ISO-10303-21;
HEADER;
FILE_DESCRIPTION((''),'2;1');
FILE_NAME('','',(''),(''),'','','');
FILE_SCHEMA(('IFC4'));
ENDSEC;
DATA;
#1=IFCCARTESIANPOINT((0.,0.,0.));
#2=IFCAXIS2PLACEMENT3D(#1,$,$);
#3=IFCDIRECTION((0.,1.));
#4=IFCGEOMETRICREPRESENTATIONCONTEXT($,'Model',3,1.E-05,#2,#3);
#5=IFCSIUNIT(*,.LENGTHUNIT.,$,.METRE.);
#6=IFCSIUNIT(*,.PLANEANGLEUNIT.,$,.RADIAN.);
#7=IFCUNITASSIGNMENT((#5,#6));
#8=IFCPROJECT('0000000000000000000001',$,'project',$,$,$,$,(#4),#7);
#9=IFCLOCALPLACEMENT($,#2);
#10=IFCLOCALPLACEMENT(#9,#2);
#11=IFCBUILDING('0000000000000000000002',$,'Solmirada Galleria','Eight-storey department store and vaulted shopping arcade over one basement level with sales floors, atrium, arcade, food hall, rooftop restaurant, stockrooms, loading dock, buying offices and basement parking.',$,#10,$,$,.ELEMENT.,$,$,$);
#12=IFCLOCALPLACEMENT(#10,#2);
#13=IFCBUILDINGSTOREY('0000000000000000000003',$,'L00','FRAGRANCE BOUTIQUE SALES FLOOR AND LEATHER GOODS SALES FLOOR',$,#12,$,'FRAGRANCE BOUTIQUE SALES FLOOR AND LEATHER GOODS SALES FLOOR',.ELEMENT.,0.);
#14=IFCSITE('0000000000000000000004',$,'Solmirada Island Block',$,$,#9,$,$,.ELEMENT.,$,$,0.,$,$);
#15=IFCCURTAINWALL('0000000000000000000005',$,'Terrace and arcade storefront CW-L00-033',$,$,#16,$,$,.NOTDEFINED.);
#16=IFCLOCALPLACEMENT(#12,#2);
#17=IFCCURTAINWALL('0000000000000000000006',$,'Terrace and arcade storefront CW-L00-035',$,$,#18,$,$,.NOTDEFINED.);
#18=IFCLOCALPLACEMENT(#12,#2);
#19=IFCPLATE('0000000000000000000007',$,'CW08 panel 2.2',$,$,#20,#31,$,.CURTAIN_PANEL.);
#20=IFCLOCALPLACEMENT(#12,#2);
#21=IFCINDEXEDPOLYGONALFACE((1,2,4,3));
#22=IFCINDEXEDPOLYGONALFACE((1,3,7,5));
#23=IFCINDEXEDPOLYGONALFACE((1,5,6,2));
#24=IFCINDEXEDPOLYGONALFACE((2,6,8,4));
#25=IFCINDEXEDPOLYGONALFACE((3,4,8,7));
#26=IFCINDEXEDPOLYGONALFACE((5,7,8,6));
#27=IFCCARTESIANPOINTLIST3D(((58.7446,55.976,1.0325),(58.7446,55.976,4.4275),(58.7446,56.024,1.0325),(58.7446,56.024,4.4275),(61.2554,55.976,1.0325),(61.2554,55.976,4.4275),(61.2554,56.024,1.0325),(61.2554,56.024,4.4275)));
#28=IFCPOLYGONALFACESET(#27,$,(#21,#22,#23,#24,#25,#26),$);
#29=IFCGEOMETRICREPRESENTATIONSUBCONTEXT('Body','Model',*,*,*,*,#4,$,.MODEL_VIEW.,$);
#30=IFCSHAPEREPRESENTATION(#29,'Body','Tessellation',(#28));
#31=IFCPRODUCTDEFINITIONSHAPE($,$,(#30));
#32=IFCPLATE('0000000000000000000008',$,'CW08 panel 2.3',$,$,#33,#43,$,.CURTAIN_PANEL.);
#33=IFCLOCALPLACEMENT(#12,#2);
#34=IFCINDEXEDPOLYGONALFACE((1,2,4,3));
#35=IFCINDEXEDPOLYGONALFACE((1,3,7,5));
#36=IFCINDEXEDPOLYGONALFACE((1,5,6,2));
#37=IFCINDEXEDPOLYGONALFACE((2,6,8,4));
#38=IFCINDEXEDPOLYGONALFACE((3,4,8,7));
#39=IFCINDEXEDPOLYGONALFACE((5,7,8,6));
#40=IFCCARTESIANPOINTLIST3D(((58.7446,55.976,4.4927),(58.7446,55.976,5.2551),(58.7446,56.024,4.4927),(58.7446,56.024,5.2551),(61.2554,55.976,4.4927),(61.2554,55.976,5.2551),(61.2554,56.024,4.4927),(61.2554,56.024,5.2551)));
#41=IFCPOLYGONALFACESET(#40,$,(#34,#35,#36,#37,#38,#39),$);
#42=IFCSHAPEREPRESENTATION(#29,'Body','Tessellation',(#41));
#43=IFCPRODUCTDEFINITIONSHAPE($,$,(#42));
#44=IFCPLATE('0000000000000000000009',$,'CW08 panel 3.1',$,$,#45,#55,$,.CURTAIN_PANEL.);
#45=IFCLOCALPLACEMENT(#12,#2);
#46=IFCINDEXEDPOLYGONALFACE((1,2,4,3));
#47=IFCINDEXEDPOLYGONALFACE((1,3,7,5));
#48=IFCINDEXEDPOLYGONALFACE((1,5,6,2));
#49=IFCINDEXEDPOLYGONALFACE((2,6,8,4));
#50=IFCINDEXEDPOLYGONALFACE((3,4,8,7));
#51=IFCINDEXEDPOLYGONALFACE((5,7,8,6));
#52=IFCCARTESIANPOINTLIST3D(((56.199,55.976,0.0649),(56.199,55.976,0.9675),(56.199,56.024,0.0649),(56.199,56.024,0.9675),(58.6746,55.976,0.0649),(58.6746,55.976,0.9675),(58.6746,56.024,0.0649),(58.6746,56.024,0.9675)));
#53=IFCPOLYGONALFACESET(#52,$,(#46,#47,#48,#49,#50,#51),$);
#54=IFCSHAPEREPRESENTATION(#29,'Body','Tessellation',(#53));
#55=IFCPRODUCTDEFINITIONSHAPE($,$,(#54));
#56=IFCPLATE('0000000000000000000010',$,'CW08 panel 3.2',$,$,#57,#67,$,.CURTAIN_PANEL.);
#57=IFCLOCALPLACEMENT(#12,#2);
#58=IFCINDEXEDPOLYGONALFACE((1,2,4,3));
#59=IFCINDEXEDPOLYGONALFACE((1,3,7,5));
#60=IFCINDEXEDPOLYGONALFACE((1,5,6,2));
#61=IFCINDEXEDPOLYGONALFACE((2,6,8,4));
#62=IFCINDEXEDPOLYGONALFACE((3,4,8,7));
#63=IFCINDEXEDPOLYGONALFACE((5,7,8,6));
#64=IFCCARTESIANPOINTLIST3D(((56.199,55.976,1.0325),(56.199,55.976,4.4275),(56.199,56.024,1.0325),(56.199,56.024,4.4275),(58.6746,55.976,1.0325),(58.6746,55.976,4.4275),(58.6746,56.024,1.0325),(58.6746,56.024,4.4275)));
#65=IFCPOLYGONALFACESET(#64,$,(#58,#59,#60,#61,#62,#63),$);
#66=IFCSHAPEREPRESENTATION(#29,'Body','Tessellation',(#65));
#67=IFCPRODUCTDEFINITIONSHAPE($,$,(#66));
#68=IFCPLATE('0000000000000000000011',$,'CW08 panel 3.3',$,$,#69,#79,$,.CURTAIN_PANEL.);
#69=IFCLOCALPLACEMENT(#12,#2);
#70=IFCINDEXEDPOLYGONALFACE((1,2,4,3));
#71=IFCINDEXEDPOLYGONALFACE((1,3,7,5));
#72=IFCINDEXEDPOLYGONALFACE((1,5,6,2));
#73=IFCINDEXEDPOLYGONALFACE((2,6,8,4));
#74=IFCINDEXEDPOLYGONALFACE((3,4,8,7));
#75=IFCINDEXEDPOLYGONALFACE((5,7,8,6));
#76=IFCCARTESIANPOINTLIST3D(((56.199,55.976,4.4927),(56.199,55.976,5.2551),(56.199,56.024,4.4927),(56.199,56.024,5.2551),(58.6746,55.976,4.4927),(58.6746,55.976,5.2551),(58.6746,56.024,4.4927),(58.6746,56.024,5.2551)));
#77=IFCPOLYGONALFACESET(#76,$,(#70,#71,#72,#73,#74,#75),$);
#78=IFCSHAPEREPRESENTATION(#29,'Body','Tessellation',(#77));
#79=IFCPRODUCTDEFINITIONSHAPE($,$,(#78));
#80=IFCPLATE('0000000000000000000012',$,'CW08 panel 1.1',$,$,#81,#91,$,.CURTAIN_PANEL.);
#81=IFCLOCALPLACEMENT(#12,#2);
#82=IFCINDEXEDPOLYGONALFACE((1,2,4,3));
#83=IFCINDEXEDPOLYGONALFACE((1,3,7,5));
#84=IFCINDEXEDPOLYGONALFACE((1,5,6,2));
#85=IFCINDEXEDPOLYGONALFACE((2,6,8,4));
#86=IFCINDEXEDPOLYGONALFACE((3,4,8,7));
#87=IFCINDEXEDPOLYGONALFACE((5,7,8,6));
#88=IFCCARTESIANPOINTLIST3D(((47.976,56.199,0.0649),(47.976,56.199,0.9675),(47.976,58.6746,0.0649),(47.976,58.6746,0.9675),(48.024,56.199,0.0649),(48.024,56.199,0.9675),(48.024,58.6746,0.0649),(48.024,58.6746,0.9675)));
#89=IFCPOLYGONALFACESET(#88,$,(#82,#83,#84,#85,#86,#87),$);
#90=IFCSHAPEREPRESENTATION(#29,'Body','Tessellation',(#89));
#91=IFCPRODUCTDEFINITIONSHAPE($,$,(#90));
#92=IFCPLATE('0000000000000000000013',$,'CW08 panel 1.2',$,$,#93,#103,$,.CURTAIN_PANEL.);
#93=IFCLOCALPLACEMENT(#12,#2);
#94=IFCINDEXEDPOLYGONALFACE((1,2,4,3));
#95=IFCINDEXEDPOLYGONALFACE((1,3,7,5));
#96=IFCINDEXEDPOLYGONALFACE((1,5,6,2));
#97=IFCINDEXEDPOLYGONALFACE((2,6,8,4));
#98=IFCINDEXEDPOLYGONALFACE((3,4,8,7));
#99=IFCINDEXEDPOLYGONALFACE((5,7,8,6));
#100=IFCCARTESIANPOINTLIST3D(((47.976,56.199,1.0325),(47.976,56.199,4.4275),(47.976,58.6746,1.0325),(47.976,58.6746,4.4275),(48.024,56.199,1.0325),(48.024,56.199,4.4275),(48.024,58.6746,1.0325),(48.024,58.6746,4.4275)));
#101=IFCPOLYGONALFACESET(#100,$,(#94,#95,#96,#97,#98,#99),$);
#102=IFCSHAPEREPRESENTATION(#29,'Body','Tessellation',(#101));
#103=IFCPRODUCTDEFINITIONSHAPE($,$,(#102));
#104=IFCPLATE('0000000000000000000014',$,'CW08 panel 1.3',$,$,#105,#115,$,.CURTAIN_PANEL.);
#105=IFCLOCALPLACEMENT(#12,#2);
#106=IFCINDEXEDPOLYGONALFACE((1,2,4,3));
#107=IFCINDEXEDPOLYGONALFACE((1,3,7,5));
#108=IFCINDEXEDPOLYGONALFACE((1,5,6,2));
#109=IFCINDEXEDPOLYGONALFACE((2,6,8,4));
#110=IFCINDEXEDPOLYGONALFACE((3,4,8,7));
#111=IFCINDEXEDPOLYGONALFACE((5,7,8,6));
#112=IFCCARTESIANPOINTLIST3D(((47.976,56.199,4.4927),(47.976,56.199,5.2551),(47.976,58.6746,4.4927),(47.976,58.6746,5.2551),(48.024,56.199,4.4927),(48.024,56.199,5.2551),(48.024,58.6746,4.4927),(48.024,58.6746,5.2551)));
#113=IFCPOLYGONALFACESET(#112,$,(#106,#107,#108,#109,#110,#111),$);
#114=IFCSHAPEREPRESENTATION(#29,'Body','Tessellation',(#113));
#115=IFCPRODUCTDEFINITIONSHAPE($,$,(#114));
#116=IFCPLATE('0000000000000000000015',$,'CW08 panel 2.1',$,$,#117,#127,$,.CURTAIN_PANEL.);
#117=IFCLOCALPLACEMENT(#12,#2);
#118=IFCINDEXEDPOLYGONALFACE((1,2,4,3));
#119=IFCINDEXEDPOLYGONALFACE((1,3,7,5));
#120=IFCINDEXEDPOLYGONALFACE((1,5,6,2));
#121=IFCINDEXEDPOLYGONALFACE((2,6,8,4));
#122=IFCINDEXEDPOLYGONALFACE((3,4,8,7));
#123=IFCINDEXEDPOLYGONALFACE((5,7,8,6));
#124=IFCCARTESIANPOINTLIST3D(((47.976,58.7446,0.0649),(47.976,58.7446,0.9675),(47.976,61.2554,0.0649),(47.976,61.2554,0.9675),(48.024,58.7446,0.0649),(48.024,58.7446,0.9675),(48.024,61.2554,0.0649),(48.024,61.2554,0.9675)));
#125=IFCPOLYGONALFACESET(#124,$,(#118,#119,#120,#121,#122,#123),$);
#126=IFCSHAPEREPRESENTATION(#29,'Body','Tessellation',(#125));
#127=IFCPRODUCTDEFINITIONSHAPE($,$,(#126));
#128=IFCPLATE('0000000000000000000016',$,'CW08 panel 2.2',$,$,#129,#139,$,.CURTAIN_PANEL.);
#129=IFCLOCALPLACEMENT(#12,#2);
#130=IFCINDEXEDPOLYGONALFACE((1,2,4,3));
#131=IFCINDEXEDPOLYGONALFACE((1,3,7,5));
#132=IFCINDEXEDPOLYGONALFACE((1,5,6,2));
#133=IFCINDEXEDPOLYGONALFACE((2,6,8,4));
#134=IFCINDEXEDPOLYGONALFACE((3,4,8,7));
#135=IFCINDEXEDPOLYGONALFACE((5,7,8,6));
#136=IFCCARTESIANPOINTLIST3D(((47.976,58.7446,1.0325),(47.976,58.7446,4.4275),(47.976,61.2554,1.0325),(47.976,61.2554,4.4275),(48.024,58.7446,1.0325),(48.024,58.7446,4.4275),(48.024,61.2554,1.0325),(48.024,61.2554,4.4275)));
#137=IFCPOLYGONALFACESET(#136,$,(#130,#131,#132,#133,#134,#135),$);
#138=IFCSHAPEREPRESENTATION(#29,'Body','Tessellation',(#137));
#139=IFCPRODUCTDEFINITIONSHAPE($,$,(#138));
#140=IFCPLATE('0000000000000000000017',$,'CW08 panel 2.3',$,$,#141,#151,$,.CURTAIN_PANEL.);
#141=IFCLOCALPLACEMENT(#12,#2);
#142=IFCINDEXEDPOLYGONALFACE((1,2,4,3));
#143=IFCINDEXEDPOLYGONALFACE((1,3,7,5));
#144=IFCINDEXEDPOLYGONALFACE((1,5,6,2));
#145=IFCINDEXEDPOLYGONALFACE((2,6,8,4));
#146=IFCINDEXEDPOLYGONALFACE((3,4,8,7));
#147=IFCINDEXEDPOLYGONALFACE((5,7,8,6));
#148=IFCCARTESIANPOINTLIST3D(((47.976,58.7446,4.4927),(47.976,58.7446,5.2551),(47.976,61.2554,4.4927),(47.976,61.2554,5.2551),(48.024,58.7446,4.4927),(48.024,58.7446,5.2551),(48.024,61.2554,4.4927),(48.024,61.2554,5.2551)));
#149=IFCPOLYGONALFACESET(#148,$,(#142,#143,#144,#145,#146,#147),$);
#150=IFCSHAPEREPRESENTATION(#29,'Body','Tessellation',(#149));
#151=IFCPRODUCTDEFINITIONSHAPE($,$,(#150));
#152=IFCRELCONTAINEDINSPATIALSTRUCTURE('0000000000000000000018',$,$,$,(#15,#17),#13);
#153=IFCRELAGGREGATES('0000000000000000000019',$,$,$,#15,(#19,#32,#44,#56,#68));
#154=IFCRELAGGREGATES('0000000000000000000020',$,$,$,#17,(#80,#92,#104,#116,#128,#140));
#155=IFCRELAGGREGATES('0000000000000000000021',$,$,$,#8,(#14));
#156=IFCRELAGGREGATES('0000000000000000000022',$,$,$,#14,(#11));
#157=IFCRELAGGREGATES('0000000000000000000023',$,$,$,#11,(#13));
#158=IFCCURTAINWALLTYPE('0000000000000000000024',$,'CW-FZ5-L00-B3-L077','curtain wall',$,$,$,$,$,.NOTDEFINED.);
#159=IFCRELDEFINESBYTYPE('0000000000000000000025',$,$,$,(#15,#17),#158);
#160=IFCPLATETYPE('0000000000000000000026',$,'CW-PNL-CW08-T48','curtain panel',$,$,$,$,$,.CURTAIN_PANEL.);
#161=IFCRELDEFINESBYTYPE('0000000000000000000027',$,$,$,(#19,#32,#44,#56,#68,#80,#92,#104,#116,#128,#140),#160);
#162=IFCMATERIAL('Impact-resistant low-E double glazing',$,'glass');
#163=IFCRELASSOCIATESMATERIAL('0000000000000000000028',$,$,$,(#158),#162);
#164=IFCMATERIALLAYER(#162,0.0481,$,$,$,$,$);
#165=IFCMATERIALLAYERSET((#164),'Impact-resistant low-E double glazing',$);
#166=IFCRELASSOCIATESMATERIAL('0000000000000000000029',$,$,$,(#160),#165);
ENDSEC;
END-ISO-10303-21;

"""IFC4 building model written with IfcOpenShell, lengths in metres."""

from ifc_helpers import new_model, si_unit, direction, frame, origin, origin_2d, place, context, subcontext, project, spatial, rectangle, extrude, material, layer, layer_set, type_object, element, aggregate, save


model = new_model("IFC4")

# Units and contexts
model_context = context("Model", 3, precision=1e-05, world=origin(), true_north=direction((0.0, 1.0)))
body_context = subcontext(model_context, "Body", "Model", "MODEL_VIEW")
ifc_project = project(units=[si_unit("LENGTHUNIT", "METRE"), si_unit("PLANEANGLEUNIT", "RADIAN")], contexts=[model_context])

# Site, building, storey
site_placement = place(None, origin())
site = spatial("IfcSite", under=ifc_project, at=site_placement, Name="Solmirada Island Block", CompositionType="ELEMENT", RefElevation=0.0)
building_placement = place(site_placement, origin())
building = spatial("IfcBuilding", under=site, at=building_placement, Name="Solmirada Galleria", Description="Eight-storey department store and vaulted shopping arcade over one basement level with sales floors, atrium, arcade, food hall, rooftop restaurant, stockrooms, loading dock, buying offices and basement parking.", CompositionType="ELEMENT")
storey_placement = place(building_placement, origin())
storey = spatial("IfcBuildingStorey", under=building, at=storey_placement, Name="L00", Description="FRAGRANCE BOUTIQUE SALES FLOOR AND LEATHER GOODS SALES FLOOR", LongName="FRAGRANCE BOUTIQUE SALES FLOOR AND LEATHER GOODS SALES FLOOR", CompositionType="ELEMENT", Elevation=0.0)

# Curtain walls
ifc_material_1 = material(Name="Impact-resistant low-E double glazing", Category="glass")
curtain_wall_type = type_object("IfcCurtainWallType", Name="CW-FZ5-L00-B3-L077", Description="curtain wall", PredefinedType="NOTDEFINED", material=ifc_material_1)
curtain_wall_1_placement = place(storey_placement, origin())
curtain_wall_1 = element("IfcCurtainWall", 1, at=curtain_wall_1_placement, inside=storey, type_object=curtain_wall_type, Name="Terrace and arcade storefront CW-L00-033", PredefinedType="NOTDEFINED")
curtain_wall_2_placement = place(storey_placement, origin())
curtain_wall_2 = element("IfcCurtainWall", 2, at=curtain_wall_2_placement, inside=storey, type_object=curtain_wall_type, Name="Terrace and arcade storefront CW-L00-035", PredefinedType="NOTDEFINED")

# Plates
ifc_layer = layer(ifc_material_1, 0.0481)
ifc_layer_set = layer_set([ifc_layer], Name="Impact-resistant low-E double glazing")
plate_type = type_object("IfcPlateType", Name="CW-PNL-CW08-T48", Description="curtain panel", PredefinedType="CURTAIN_PANEL", material=ifc_layer_set)
plate_1_placement = place(storey_placement, frame((60.0, 56.0, 1.0325), z_axis=(0.0, 0.0, 1.0), x_axis=(-1.0, 0.0, 0.0)))
plate_1 = element("IfcPlate", 3, at=plate_1_placement, type_object=plate_type, Name="CW08 panel 2.2", PredefinedType="CURTAIN_PANEL", context=body_context, shape_type="SweptSolid", body=[
    extrude(rectangle(XDim=2.5107, YDim=0.0481, at=origin_2d()), origin(), (0.0, 0.0, 1.0), 3.395),
])
plate_2_placement = place(storey_placement, frame((60.0, 56.0, 4.4927), z_axis=(0.0, 0.0, 1.0), x_axis=(-1.0, 0.0, 0.0)))
plate_2 = element("IfcPlate", 4, at=plate_2_placement, type_object=plate_type, Name="CW08 panel 2.3", PredefinedType="CURTAIN_PANEL", context=body_context, shape_type="SweptSolid", body=[
    extrude(rectangle(XDim=2.5107, YDim=0.0481, at=origin_2d()), origin(), (0.0, 0.0, 1.0), 0.7625),
])
plate_3_placement = place(storey_placement, frame((57.4368, 56.0, 0.0649), z_axis=(0.0, 0.0, 1.0), x_axis=(-1.0, 0.0, 0.0)))
plate_3 = element("IfcPlate", 5, at=plate_3_placement, type_object=plate_type, Name="CW08 panel 3.1", PredefinedType="CURTAIN_PANEL", context=body_context, shape_type="SweptSolid", body=[
    extrude(rectangle(XDim=2.4756, YDim=0.0481, at=origin_2d()), origin(), (0.0, 0.0, 1.0), 0.9026),
])
plate_4_placement = place(storey_placement, frame((57.4368, 56.0, 1.0325), z_axis=(0.0, 0.0, 1.0), x_axis=(-1.0, 0.0, 0.0)))
plate_4 = element("IfcPlate", 6, at=plate_4_placement, type_object=plate_type, Name="CW08 panel 3.2", PredefinedType="CURTAIN_PANEL", context=body_context, shape_type="SweptSolid", body=[
    extrude(rectangle(XDim=2.4756, YDim=0.0481, at=origin_2d()), origin(), (0.0, 0.0, 1.0), 3.395),
])
plate_5_placement = place(storey_placement, frame((57.4368, 56.0, 4.4927), z_axis=(0.0, 0.0, 1.0), x_axis=(-1.0, 0.0, 0.0)))
plate_5 = element("IfcPlate", 7, at=plate_5_placement, type_object=plate_type, Name="CW08 panel 3.3", PredefinedType="CURTAIN_PANEL", context=body_context, shape_type="SweptSolid", body=[
    extrude(rectangle(XDim=2.4756, YDim=0.0481, at=origin_2d()), origin(), (0.0, 0.0, 1.0), 0.7625),
])
aggregate(curtain_wall_1, [plate_1, plate_2, plate_3, plate_4, plate_5])
plate_6_placement = place(storey_placement, frame((48.0, 57.4368, 0.0649), z_axis=(0.0, 0.0, 1.0), x_axis=(0.0, 1.0, 0.0)))
plate_6 = element("IfcPlate", 8, at=plate_6_placement, type_object=plate_type, Name="CW08 panel 1.1", PredefinedType="CURTAIN_PANEL", context=body_context, shape_type="SweptSolid", body=[
    extrude(rectangle(XDim=2.4756, YDim=0.0481, at=origin_2d()), origin(), (0.0, 0.0, 1.0), 0.9026),
])
plate_7_placement = place(storey_placement, frame((48.0, 57.4368, 1.0325), z_axis=(0.0, 0.0, 1.0), x_axis=(0.0, 1.0, 0.0)))
plate_7 = element("IfcPlate", 9, at=plate_7_placement, type_object=plate_type, Name="CW08 panel 1.2", PredefinedType="CURTAIN_PANEL", context=body_context, shape_type="SweptSolid", body=[
    extrude(rectangle(XDim=2.4756, YDim=0.0481, at=origin_2d()), origin(), (0.0, 0.0, 1.0), 3.395),
])
plate_8_placement = place(storey_placement, frame((48.0, 57.4368, 4.4927), z_axis=(0.0, 0.0, 1.0), x_axis=(0.0, 1.0, 0.0)))
plate_8 = element("IfcPlate", 10, at=plate_8_placement, type_object=plate_type, Name="CW08 panel 1.3", PredefinedType="CURTAIN_PANEL", context=body_context, shape_type="SweptSolid", body=[
    extrude(rectangle(XDim=2.4756, YDim=0.0481, at=origin_2d()), origin(), (0.0, 0.0, 1.0), 0.7625),
])
plate_9_placement = place(storey_placement, frame((48.0, 60.0, 0.0649), z_axis=(0.0, 0.0, 1.0), x_axis=(0.0, 1.0, 0.0)))
plate_9 = element("IfcPlate", 11, at=plate_9_placement, type_object=plate_type, Name="CW08 panel 2.1", PredefinedType="CURTAIN_PANEL", context=body_context, shape_type="SweptSolid", body=[
    extrude(rectangle(XDim=2.5107, YDim=0.0481, at=origin_2d()), origin(), (0.0, 0.0, 1.0), 0.9026),
])
plate_10_placement = place(storey_placement, frame((48.0, 60.0, 1.0325), z_axis=(0.0, 0.0, 1.0), x_axis=(0.0, 1.0, 0.0)))
plate_10 = element("IfcPlate", 12, at=plate_10_placement, type_object=plate_type, Name="CW08 panel 2.2", PredefinedType="CURTAIN_PANEL", context=body_context, shape_type="SweptSolid", body=[
    extrude(rectangle(XDim=2.5107, YDim=0.0481, at=origin_2d()), origin(), (0.0, 0.0, 1.0), 3.395),
])
plate_11_placement = place(storey_placement, frame((48.0, 60.0, 4.4927), z_axis=(0.0, 0.0, 1.0), x_axis=(0.0, 1.0, 0.0)))
plate_11 = element("IfcPlate", 13, at=plate_11_placement, type_object=plate_type, Name="CW08 panel 2.3", PredefinedType="CURTAIN_PANEL", context=body_context, shape_type="SweptSolid", body=[
    extrude(rectangle(XDim=2.5107, YDim=0.0481, at=origin_2d()), origin(), (0.0, 0.0, 1.0), 0.7625),
])
aggregate(curtain_wall_2, [plate_6, plate_7, plate_8, plate_9, plate_10, plate_11])

save(model, "model.ifc")
